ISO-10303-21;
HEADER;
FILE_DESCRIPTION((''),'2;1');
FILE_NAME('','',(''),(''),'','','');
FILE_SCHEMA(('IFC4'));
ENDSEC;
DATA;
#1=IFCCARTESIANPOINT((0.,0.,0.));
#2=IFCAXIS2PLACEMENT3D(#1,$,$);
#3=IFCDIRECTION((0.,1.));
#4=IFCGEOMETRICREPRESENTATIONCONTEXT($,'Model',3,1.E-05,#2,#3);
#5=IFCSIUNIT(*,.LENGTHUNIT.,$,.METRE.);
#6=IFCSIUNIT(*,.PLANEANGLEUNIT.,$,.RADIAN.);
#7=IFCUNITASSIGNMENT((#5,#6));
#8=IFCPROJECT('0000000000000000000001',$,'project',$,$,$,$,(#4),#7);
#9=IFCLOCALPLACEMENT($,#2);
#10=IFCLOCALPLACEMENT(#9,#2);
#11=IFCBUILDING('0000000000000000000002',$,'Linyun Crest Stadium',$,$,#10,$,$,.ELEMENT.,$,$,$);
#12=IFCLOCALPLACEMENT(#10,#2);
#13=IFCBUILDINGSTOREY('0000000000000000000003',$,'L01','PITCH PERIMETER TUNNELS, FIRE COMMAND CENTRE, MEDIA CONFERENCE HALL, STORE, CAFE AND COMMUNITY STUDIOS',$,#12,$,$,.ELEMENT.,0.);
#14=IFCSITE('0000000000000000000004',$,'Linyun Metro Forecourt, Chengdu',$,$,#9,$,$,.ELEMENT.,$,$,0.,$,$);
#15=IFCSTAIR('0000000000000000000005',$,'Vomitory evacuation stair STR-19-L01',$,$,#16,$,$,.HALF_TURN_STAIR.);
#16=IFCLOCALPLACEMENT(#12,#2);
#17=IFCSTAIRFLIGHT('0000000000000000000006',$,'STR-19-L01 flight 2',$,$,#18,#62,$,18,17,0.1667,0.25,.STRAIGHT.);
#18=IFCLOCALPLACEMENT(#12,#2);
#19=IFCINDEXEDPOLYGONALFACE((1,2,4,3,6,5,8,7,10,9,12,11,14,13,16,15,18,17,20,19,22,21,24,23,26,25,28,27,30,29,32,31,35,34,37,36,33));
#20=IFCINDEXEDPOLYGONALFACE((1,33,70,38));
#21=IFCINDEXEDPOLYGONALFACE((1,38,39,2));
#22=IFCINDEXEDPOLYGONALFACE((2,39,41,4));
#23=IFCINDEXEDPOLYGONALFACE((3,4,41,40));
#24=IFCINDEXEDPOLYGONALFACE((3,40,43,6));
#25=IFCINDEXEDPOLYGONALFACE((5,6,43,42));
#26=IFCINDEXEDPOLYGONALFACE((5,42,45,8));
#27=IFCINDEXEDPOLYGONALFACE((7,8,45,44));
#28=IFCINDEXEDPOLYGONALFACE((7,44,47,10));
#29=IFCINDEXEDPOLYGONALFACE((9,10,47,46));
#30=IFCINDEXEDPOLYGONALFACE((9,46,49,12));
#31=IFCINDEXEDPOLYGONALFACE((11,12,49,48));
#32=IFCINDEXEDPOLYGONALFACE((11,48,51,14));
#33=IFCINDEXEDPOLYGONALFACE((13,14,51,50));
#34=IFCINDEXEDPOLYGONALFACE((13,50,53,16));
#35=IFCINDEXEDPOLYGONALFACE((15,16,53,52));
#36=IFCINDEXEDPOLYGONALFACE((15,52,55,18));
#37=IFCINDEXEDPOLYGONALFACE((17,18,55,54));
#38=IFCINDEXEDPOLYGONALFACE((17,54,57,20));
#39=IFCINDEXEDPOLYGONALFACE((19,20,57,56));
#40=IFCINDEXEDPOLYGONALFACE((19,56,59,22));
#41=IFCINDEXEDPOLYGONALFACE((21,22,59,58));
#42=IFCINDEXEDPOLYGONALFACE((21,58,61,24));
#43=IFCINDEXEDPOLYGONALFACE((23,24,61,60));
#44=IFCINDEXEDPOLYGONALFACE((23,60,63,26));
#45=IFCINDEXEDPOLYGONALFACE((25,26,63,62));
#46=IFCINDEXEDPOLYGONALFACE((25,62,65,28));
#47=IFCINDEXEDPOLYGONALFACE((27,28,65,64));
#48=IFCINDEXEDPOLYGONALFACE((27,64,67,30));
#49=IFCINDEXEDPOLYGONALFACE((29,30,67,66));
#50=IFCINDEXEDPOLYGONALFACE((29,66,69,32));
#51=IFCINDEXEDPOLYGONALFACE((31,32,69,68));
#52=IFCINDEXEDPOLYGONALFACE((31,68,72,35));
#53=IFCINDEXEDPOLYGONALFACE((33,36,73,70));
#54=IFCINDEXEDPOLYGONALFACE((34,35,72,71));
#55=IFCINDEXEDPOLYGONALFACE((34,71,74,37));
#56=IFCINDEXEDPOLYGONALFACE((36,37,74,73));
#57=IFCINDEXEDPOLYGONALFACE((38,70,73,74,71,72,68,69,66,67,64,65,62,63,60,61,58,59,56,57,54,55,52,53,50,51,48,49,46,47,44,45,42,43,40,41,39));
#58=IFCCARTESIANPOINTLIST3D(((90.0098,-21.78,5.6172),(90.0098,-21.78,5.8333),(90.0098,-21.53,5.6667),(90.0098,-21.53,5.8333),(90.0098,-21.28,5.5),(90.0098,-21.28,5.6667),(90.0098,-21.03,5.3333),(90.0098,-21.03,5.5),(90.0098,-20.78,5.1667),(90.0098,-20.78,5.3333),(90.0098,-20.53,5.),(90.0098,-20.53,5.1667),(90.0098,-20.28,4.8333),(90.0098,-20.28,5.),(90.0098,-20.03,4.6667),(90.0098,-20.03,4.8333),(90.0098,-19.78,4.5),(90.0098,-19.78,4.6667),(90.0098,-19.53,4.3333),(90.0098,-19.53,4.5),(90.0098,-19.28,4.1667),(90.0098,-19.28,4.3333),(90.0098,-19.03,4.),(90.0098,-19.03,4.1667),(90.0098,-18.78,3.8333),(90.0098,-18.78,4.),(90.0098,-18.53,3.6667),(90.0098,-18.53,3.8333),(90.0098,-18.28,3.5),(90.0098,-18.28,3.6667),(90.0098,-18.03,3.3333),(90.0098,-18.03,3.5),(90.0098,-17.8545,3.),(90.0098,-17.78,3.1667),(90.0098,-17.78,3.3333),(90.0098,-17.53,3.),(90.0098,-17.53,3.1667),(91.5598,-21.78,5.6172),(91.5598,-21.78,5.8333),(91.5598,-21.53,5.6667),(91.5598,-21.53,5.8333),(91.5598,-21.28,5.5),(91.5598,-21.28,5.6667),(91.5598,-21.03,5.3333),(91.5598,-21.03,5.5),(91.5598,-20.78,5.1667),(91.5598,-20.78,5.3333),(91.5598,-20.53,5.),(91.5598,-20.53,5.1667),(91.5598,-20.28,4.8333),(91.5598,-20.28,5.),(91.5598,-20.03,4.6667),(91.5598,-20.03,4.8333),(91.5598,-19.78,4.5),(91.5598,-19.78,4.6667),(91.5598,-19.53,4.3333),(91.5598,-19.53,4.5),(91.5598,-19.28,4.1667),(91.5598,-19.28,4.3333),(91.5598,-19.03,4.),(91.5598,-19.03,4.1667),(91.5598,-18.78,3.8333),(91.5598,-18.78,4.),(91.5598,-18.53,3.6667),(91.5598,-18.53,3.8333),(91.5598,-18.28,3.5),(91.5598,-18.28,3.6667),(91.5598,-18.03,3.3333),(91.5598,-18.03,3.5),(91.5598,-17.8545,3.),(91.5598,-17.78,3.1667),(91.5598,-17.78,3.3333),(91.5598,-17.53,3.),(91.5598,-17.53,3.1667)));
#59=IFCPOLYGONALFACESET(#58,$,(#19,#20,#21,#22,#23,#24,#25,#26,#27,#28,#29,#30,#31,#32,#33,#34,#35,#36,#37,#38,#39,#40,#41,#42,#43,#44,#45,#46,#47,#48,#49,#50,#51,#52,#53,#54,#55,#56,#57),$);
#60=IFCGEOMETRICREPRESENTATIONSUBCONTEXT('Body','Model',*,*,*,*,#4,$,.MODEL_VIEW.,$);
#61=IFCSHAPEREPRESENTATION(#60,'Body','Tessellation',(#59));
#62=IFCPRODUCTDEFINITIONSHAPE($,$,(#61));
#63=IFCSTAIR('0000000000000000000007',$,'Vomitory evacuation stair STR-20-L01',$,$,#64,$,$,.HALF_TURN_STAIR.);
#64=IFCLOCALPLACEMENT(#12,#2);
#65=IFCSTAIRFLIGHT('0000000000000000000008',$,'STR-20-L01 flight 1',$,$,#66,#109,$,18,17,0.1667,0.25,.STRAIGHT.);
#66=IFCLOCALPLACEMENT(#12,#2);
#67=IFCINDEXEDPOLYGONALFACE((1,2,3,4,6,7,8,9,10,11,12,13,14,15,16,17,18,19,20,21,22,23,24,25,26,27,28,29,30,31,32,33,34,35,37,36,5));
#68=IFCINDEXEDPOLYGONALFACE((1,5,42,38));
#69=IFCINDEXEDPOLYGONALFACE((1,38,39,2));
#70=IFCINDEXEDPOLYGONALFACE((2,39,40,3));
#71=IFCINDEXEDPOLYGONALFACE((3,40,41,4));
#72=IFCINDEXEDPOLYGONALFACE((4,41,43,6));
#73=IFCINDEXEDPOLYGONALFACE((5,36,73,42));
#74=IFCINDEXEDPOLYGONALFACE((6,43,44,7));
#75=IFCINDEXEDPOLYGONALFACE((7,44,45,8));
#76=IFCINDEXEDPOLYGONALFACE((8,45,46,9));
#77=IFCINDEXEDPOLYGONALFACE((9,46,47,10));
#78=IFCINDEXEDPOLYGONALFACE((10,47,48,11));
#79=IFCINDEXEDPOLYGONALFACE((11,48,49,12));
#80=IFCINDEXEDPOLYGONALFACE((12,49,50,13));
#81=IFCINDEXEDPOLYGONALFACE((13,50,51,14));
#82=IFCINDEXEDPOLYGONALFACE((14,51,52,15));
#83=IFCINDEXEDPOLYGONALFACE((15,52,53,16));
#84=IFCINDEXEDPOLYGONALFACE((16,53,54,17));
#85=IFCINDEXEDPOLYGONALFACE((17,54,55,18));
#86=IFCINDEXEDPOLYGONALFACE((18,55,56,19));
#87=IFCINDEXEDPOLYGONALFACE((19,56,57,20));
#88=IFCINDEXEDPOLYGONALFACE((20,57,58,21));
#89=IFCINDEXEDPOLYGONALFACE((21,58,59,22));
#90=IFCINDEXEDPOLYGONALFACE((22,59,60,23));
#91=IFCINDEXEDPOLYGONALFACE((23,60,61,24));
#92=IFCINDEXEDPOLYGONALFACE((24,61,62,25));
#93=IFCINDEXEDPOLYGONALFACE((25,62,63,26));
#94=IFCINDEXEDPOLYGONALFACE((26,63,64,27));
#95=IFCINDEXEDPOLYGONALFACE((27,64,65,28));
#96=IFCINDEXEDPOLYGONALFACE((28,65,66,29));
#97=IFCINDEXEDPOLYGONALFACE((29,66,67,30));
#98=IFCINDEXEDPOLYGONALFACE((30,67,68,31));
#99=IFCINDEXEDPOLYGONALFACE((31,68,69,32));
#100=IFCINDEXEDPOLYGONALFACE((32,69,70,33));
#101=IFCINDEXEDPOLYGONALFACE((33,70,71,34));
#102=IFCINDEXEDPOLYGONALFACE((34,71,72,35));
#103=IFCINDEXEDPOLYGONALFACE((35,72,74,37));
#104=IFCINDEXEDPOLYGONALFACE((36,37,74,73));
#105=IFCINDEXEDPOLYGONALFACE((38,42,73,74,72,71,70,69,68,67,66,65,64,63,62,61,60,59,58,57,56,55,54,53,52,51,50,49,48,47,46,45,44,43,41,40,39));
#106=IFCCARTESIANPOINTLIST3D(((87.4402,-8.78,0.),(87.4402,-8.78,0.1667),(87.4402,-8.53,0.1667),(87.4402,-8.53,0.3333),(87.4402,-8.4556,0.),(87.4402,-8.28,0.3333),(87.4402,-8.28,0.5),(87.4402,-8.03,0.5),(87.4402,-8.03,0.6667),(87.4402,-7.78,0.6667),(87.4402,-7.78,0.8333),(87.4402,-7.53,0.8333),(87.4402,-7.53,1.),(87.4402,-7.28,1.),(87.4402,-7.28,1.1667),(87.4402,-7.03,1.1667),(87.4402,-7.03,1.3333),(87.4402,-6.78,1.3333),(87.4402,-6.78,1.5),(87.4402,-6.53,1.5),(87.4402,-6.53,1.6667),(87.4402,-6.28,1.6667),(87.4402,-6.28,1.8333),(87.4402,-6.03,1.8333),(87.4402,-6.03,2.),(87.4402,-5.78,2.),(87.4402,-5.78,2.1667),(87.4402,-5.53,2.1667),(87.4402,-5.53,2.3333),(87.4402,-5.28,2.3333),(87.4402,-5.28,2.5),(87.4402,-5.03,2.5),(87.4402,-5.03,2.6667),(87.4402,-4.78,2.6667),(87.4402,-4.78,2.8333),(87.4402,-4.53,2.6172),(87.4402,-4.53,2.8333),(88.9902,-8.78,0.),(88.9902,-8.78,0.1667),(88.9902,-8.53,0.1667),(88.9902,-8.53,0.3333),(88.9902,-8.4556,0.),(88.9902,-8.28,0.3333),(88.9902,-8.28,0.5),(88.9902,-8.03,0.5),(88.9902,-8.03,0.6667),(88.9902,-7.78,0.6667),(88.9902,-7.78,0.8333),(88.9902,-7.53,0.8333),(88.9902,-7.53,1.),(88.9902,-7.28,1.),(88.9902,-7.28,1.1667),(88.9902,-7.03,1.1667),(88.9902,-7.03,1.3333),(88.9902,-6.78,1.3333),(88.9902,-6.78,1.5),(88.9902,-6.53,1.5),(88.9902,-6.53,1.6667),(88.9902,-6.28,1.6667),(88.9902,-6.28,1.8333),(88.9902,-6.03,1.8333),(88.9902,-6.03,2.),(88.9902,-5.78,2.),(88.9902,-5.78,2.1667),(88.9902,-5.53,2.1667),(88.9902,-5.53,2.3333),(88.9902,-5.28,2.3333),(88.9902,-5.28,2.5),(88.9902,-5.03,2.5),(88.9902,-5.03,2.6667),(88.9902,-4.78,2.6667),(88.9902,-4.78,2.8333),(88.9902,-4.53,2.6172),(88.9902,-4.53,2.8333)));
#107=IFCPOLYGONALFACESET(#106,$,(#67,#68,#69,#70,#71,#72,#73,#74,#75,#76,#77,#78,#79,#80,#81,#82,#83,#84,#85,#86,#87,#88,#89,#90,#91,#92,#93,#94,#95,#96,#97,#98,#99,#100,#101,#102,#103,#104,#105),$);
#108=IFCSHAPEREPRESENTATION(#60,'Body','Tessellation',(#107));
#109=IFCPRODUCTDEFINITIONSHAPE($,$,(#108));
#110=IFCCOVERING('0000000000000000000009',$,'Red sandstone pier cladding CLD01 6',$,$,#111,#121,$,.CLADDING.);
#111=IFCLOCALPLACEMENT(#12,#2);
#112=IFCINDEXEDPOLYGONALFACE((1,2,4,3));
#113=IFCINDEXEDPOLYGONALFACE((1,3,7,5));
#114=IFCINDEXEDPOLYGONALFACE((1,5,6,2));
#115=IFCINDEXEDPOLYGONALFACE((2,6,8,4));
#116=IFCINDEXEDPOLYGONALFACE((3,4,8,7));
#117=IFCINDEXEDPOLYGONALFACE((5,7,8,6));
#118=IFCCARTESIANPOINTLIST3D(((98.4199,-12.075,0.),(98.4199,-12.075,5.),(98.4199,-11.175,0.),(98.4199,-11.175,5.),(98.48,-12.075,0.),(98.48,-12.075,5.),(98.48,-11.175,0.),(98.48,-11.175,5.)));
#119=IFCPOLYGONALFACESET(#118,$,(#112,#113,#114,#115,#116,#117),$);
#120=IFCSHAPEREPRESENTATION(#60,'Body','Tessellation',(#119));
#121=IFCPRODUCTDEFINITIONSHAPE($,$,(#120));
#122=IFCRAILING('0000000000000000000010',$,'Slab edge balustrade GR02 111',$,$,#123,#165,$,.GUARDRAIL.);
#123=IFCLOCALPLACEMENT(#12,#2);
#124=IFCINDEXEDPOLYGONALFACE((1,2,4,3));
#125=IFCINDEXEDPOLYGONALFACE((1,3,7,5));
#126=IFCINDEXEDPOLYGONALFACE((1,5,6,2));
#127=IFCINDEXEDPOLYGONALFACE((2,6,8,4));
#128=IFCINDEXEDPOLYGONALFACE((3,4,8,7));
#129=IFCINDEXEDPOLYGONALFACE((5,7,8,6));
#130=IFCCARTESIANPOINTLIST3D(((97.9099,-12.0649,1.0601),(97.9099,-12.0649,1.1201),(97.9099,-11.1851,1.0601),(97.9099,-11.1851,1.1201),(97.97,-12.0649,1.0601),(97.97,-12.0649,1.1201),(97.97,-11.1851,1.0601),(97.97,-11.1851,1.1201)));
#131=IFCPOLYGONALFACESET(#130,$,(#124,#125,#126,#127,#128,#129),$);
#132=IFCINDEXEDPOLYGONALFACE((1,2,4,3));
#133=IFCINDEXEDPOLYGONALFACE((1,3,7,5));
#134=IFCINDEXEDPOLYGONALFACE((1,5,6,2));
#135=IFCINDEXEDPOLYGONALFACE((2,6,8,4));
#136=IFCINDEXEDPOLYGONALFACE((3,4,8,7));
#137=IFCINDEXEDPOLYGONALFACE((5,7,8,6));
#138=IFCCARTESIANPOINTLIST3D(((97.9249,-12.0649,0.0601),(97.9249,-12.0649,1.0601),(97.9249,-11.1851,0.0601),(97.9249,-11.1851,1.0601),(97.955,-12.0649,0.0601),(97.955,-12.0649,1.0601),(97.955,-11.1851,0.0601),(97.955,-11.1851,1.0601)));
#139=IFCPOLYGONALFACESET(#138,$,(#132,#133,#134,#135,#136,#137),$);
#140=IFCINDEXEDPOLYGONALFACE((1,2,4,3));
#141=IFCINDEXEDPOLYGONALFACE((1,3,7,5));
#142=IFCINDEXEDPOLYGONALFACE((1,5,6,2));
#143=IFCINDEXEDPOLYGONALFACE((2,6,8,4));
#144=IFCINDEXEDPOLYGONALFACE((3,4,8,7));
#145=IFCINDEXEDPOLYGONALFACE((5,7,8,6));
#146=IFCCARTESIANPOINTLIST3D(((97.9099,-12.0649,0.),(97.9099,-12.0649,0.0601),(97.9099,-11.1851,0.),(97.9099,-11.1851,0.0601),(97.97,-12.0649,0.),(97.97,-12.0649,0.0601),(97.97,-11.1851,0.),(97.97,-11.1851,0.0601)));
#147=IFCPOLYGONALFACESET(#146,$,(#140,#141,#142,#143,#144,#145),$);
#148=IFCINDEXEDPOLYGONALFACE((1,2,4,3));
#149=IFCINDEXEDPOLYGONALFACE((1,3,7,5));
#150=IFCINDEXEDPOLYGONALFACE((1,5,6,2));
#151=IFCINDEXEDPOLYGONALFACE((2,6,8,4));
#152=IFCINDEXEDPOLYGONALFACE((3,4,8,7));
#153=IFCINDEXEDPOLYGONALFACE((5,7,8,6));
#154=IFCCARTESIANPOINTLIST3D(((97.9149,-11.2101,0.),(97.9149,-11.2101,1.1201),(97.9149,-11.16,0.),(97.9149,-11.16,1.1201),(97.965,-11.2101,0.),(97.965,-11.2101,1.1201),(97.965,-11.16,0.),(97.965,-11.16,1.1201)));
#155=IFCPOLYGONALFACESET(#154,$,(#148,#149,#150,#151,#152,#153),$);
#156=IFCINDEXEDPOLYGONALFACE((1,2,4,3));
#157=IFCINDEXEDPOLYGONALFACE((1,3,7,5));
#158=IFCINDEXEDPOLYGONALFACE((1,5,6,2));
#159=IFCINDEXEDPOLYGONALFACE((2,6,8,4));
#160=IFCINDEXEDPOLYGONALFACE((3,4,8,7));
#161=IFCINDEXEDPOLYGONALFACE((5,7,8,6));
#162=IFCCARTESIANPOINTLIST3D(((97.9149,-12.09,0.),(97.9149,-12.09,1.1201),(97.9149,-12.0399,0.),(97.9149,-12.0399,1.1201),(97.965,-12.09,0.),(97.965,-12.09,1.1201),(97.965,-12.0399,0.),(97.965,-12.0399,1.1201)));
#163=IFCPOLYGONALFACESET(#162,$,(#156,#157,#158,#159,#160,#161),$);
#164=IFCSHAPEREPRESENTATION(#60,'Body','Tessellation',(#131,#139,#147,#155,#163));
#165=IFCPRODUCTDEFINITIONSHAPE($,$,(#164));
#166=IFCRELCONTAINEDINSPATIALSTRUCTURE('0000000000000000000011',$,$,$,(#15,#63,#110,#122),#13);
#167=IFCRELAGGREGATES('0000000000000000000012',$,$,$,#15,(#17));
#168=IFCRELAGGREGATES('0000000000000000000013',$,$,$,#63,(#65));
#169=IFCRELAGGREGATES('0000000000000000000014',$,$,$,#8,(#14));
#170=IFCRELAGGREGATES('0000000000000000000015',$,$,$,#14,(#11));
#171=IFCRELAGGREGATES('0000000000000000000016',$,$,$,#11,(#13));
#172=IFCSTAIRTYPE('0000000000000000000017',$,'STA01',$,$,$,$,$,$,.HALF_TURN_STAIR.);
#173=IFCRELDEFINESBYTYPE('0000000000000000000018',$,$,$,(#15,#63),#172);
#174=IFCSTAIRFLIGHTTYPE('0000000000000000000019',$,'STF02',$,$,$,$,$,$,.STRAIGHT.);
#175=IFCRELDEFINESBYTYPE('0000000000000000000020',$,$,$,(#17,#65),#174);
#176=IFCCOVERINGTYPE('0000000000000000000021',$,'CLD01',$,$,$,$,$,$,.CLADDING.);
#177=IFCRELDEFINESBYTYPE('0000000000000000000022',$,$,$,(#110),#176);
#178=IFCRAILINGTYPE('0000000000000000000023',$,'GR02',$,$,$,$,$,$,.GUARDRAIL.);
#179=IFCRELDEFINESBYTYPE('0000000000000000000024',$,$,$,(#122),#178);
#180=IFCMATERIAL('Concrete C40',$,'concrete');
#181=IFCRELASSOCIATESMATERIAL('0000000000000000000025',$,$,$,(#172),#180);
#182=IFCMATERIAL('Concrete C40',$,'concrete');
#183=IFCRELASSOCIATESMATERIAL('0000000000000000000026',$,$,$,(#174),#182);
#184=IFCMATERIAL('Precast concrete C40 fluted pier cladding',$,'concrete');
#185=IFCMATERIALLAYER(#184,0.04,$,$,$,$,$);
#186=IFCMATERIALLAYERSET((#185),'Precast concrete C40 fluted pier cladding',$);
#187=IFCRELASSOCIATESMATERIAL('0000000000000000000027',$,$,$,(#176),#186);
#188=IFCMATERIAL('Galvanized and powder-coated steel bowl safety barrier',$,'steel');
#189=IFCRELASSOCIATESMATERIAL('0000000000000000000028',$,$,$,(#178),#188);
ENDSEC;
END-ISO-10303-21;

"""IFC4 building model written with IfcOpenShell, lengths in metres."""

from ifc_helpers import new_model, si_unit, direction, frame, origin, origin_2d, place, context, subcontext, project, spatial, polyline, rectangle, outline, extrude, material, layer, layer_set, type_object, element, aggregate, save


model = new_model("IFC4")

# Units and contexts
model_context = context("Model", 3, precision=1e-05, world=origin(), true_north=direction((0.0, 1.0)))
body_context = subcontext(model_context, "Body", "Model", "MODEL_VIEW")
ifc_project = project(units=[si_unit("LENGTHUNIT", "METRE"), si_unit("PLANEANGLEUNIT", "RADIAN")], contexts=[model_context])

# Site, building, storey
site_placement = place(None, origin())
site = spatial("IfcSite", under=ifc_project, at=site_placement, Name="Linyun Metro Forecourt, Chengdu", CompositionType="ELEMENT", RefElevation=0.0)
building_placement = place(site_placement, origin())
building = spatial("IfcBuilding", under=site, at=building_placement, Name="Linyun Crest Stadium", CompositionType="ELEMENT")
storey_placement = place(building_placement, origin())
storey = spatial("IfcBuildingStorey", under=building, at=storey_placement, Name="L01", Description="PITCH PERIMETER TUNNELS, FIRE COMMAND CENTRE, MEDIA CONFERENCE HALL, STORE, CAFE AND COMMUNITY STUDIOS", CompositionType="ELEMENT", Elevation=0.0)

# Stair, stair flight
ifc_material_1 = material(Name="Concrete C40", Category="concrete")
stair_type = type_object("IfcStairType", Name="STA01", PredefinedType="HALF_TURN_STAIR", material=ifc_material_1)
stair_1_placement = place(storey_placement, origin())
stair_1 = element("IfcStair", 1, at=stair_1_placement, inside=storey, type_object=stair_type, Name="Vomitory evacuation stair STR-19-L01", PredefinedType="HALF_TURN_STAIR")
ifc_material_2 = material(Name="Concrete C40", Category="concrete")
stair_flight_type = type_object("IfcStairFlightType", Name="STF02", PredefinedType="STRAIGHT", material=ifc_material_2)
stair_flight_1_placement = place(storey_placement, frame((90.7849, -17.53, 3.0), z_axis=(0.0, 0.0, 1.0), x_axis=(0.0, -1.0, 0.0)))
stair_flight_1 = element("IfcStairFlight", 2, at=stair_flight_1_placement, type_object=stair_flight_type, Name="STR-19-L01 flight 2", NumberOfRisers=18, NumberOfTreads=17, PredefinedType="STRAIGHT", RiserHeight=0.1667, TreadLength=0.25, context=body_context, shape_type="SweptSolid", body=[
    extrude(outline(polyline([(0.0, 0.0), (0.0, 0.1667), (0.25, 0.1667), (0.25, 0.3333), (0.5, 0.3333), (0.5, 0.5), (0.75, 0.5), (0.75, 0.6667), (1.0, 0.6667), (1.0, 0.8333), (1.25, 0.8333), (1.25, 1.0), (1.5, 1.0), (1.5, 1.1667), (1.75, 1.1667), (1.75, 1.3333), (2.0, 1.3333), (2.0, 1.5), (2.25, 1.5), (2.25, 1.6667), (2.5, 1.6667), (2.5, 1.8333), (2.75, 1.8333), (2.75, 2.0), (3.0, 2.0), (3.0, 2.1667), (3.25, 2.1667), (3.25, 2.3333), (3.5, 2.3333), (3.5, 2.5), (3.75, 2.5), (3.75, 2.6667), (4.0, 2.6667), (4.0, 2.8333), (4.25, 2.8333), (4.25, 3.0), (4.25, 2.6172), (0.3245, 0.0), (0.0, 0.0)])), frame((0.0, 0.7749, 0.0), z_axis=(0.0, -1.0, 0.0), x_axis=(1.0, 0.0, 0.0)), (0.0, 0.0, 1.0), 1.55),
])
aggregate(stair_1, [stair_flight_1])

# Stair, stair flight
stair_2_placement = place(storey_placement, origin())
stair_2 = element("IfcStair", 3, at=stair_2_placement, inside=storey, type_object=stair_type, Name="Vomitory evacuation stair STR-20-L01", PredefinedType="HALF_TURN_STAIR")
stair_flight_2_placement = place(storey_placement, frame((88.2151, -8.78, 0.0), z_axis=(0.0, 0.0, 1.0), x_axis=(0.0, 1.0, 0.0)))
stair_flight_2 = element("IfcStairFlight", 4, at=stair_flight_2_placement, type_object=stair_flight_type, Name="STR-20-L01 flight 1", NumberOfRisers=18, NumberOfTreads=17, PredefinedType="STRAIGHT", RiserHeight=0.1667, TreadLength=0.25, context=body_context, shape_type="SweptSolid", body=[
    extrude(outline(polyline([(0.0, 0.0), (0.0, 0.1667), (0.25, 0.1667), (0.25, 0.3333), (0.5, 0.3333), (0.5, 0.5), (0.75, 0.5), (0.75, 0.6667), (1.0, 0.6667), (1.0, 0.8333), (1.25, 0.8333), (1.25, 1.0), (1.5, 1.0), (1.5, 1.1667), (1.75, 1.1667), (1.75, 1.3333), (2.0, 1.3333), (2.0, 1.5), (2.25, 1.5), (2.25, 1.6667), (2.5, 1.6667), (2.5, 1.8333), (2.75, 1.8333), (2.75, 2.0), (3.0, 2.0), (3.0, 2.1667), (3.25, 2.1667), (3.25, 2.3333), (3.5, 2.3333), (3.5, 2.5), (3.75, 2.5), (3.75, 2.6667), (4.0, 2.6667), (4.0, 2.8333), (4.25, 2.8333), (4.25, 3.0), (4.25, 2.6172), (0.3245, 0.0), (0.0, 0.0)])), frame((0.0, 0.7749, 0.0), z_axis=(0.0, -1.0, 0.0), x_axis=(1.0, 0.0, 0.0)), (0.0, 0.0, 1.0), 1.55),
])
aggregate(stair_2, [stair_flight_2])

# Covering
ifc_material_3 = material(Name="Precast concrete C40 fluted pier cladding", Category="concrete")
ifc_layer_1 = layer(ifc_material_3, 0.04)
ifc_layer_set_1 = layer_set([ifc_layer_1], Name="Precast concrete C40 fluted pier cladding")
covering_type = type_object("IfcCoveringType", Name="CLD01", PredefinedType="CLADDING", material=ifc_layer_set_1)
covering_placement = place(storey_placement, frame((98.45, -11.625, 0.0), z_axis=(0.0, 0.0, 1.0), x_axis=(1.0, 0.0, 0.0)))
element("IfcCovering", 5, at=covering_placement, inside=storey, type_object=covering_type, Name="Red sandstone pier cladding CLD01 6", PredefinedType="CLADDING", context=body_context, shape_type="SweptSolid", body=[
    extrude(rectangle(XDim=0.0601, YDim=0.8999, at=origin_2d()), origin(), (0.0, 0.0, 1.0), 5.0),
])

# Railing
ifc_material_4 = material(Name="Galvanized and powder-coated steel bowl safety barrier", Category="steel")
railing_type_1 = type_object("IfcRailingType", Name="GR02", PredefinedType="GUARDRAIL", material=ifc_material_4)
railing_1_placement = place(storey_placement, frame((97.9399, -11.1851, 0.0)))
element("IfcRailing", 6, at=railing_1_placement, inside=storey, type_object=railing_type_1, Name="Slab edge balustrade GR02 111", PredefinedType="GUARDRAIL", context=body_context, shape_type="SweptSolid", body=[
    extrude(rectangle(XDim=0.0601, YDim=0.0601, at=origin_2d()), frame((0.0, 0.0, 1.0901), z_axis=(0.0, -1.0, 0.0), x_axis=(1.0, 0.0, 0.0)), (0.0, 0.0, 1.0), 0.8799),
    extrude(rectangle(XDim=0.03, YDim=1.0, at=origin_2d()), frame((0.0, 0.0, 0.5601), z_axis=(0.0, -1.0, 0.0), x_axis=(1.0, 0.0, 0.0)), (0.0, 0.0, 1.0), 0.8799),
    extrude(rectangle(XDim=0.0601, YDim=0.0601, at=origin_2d()), frame((0.0, 0.0, 0.03), z_axis=(0.0, -1.0, 0.0), x_axis=(1.0, 0.0, 0.0)), (0.0, 0.0, 1.0), 0.8799),
    extrude(rectangle(XDim=0.05, YDim=0.05, at=origin_2d()), origin(), (0.0, 0.0, 1.0), 1.1201),
    extrude(rectangle(XDim=0.05, YDim=0.05, at=origin_2d()), frame((0.0, -0.8799, 0.0)), (0.0, 0.0, 1.0), 1.1201),
])

save(model, "model.ifc")
